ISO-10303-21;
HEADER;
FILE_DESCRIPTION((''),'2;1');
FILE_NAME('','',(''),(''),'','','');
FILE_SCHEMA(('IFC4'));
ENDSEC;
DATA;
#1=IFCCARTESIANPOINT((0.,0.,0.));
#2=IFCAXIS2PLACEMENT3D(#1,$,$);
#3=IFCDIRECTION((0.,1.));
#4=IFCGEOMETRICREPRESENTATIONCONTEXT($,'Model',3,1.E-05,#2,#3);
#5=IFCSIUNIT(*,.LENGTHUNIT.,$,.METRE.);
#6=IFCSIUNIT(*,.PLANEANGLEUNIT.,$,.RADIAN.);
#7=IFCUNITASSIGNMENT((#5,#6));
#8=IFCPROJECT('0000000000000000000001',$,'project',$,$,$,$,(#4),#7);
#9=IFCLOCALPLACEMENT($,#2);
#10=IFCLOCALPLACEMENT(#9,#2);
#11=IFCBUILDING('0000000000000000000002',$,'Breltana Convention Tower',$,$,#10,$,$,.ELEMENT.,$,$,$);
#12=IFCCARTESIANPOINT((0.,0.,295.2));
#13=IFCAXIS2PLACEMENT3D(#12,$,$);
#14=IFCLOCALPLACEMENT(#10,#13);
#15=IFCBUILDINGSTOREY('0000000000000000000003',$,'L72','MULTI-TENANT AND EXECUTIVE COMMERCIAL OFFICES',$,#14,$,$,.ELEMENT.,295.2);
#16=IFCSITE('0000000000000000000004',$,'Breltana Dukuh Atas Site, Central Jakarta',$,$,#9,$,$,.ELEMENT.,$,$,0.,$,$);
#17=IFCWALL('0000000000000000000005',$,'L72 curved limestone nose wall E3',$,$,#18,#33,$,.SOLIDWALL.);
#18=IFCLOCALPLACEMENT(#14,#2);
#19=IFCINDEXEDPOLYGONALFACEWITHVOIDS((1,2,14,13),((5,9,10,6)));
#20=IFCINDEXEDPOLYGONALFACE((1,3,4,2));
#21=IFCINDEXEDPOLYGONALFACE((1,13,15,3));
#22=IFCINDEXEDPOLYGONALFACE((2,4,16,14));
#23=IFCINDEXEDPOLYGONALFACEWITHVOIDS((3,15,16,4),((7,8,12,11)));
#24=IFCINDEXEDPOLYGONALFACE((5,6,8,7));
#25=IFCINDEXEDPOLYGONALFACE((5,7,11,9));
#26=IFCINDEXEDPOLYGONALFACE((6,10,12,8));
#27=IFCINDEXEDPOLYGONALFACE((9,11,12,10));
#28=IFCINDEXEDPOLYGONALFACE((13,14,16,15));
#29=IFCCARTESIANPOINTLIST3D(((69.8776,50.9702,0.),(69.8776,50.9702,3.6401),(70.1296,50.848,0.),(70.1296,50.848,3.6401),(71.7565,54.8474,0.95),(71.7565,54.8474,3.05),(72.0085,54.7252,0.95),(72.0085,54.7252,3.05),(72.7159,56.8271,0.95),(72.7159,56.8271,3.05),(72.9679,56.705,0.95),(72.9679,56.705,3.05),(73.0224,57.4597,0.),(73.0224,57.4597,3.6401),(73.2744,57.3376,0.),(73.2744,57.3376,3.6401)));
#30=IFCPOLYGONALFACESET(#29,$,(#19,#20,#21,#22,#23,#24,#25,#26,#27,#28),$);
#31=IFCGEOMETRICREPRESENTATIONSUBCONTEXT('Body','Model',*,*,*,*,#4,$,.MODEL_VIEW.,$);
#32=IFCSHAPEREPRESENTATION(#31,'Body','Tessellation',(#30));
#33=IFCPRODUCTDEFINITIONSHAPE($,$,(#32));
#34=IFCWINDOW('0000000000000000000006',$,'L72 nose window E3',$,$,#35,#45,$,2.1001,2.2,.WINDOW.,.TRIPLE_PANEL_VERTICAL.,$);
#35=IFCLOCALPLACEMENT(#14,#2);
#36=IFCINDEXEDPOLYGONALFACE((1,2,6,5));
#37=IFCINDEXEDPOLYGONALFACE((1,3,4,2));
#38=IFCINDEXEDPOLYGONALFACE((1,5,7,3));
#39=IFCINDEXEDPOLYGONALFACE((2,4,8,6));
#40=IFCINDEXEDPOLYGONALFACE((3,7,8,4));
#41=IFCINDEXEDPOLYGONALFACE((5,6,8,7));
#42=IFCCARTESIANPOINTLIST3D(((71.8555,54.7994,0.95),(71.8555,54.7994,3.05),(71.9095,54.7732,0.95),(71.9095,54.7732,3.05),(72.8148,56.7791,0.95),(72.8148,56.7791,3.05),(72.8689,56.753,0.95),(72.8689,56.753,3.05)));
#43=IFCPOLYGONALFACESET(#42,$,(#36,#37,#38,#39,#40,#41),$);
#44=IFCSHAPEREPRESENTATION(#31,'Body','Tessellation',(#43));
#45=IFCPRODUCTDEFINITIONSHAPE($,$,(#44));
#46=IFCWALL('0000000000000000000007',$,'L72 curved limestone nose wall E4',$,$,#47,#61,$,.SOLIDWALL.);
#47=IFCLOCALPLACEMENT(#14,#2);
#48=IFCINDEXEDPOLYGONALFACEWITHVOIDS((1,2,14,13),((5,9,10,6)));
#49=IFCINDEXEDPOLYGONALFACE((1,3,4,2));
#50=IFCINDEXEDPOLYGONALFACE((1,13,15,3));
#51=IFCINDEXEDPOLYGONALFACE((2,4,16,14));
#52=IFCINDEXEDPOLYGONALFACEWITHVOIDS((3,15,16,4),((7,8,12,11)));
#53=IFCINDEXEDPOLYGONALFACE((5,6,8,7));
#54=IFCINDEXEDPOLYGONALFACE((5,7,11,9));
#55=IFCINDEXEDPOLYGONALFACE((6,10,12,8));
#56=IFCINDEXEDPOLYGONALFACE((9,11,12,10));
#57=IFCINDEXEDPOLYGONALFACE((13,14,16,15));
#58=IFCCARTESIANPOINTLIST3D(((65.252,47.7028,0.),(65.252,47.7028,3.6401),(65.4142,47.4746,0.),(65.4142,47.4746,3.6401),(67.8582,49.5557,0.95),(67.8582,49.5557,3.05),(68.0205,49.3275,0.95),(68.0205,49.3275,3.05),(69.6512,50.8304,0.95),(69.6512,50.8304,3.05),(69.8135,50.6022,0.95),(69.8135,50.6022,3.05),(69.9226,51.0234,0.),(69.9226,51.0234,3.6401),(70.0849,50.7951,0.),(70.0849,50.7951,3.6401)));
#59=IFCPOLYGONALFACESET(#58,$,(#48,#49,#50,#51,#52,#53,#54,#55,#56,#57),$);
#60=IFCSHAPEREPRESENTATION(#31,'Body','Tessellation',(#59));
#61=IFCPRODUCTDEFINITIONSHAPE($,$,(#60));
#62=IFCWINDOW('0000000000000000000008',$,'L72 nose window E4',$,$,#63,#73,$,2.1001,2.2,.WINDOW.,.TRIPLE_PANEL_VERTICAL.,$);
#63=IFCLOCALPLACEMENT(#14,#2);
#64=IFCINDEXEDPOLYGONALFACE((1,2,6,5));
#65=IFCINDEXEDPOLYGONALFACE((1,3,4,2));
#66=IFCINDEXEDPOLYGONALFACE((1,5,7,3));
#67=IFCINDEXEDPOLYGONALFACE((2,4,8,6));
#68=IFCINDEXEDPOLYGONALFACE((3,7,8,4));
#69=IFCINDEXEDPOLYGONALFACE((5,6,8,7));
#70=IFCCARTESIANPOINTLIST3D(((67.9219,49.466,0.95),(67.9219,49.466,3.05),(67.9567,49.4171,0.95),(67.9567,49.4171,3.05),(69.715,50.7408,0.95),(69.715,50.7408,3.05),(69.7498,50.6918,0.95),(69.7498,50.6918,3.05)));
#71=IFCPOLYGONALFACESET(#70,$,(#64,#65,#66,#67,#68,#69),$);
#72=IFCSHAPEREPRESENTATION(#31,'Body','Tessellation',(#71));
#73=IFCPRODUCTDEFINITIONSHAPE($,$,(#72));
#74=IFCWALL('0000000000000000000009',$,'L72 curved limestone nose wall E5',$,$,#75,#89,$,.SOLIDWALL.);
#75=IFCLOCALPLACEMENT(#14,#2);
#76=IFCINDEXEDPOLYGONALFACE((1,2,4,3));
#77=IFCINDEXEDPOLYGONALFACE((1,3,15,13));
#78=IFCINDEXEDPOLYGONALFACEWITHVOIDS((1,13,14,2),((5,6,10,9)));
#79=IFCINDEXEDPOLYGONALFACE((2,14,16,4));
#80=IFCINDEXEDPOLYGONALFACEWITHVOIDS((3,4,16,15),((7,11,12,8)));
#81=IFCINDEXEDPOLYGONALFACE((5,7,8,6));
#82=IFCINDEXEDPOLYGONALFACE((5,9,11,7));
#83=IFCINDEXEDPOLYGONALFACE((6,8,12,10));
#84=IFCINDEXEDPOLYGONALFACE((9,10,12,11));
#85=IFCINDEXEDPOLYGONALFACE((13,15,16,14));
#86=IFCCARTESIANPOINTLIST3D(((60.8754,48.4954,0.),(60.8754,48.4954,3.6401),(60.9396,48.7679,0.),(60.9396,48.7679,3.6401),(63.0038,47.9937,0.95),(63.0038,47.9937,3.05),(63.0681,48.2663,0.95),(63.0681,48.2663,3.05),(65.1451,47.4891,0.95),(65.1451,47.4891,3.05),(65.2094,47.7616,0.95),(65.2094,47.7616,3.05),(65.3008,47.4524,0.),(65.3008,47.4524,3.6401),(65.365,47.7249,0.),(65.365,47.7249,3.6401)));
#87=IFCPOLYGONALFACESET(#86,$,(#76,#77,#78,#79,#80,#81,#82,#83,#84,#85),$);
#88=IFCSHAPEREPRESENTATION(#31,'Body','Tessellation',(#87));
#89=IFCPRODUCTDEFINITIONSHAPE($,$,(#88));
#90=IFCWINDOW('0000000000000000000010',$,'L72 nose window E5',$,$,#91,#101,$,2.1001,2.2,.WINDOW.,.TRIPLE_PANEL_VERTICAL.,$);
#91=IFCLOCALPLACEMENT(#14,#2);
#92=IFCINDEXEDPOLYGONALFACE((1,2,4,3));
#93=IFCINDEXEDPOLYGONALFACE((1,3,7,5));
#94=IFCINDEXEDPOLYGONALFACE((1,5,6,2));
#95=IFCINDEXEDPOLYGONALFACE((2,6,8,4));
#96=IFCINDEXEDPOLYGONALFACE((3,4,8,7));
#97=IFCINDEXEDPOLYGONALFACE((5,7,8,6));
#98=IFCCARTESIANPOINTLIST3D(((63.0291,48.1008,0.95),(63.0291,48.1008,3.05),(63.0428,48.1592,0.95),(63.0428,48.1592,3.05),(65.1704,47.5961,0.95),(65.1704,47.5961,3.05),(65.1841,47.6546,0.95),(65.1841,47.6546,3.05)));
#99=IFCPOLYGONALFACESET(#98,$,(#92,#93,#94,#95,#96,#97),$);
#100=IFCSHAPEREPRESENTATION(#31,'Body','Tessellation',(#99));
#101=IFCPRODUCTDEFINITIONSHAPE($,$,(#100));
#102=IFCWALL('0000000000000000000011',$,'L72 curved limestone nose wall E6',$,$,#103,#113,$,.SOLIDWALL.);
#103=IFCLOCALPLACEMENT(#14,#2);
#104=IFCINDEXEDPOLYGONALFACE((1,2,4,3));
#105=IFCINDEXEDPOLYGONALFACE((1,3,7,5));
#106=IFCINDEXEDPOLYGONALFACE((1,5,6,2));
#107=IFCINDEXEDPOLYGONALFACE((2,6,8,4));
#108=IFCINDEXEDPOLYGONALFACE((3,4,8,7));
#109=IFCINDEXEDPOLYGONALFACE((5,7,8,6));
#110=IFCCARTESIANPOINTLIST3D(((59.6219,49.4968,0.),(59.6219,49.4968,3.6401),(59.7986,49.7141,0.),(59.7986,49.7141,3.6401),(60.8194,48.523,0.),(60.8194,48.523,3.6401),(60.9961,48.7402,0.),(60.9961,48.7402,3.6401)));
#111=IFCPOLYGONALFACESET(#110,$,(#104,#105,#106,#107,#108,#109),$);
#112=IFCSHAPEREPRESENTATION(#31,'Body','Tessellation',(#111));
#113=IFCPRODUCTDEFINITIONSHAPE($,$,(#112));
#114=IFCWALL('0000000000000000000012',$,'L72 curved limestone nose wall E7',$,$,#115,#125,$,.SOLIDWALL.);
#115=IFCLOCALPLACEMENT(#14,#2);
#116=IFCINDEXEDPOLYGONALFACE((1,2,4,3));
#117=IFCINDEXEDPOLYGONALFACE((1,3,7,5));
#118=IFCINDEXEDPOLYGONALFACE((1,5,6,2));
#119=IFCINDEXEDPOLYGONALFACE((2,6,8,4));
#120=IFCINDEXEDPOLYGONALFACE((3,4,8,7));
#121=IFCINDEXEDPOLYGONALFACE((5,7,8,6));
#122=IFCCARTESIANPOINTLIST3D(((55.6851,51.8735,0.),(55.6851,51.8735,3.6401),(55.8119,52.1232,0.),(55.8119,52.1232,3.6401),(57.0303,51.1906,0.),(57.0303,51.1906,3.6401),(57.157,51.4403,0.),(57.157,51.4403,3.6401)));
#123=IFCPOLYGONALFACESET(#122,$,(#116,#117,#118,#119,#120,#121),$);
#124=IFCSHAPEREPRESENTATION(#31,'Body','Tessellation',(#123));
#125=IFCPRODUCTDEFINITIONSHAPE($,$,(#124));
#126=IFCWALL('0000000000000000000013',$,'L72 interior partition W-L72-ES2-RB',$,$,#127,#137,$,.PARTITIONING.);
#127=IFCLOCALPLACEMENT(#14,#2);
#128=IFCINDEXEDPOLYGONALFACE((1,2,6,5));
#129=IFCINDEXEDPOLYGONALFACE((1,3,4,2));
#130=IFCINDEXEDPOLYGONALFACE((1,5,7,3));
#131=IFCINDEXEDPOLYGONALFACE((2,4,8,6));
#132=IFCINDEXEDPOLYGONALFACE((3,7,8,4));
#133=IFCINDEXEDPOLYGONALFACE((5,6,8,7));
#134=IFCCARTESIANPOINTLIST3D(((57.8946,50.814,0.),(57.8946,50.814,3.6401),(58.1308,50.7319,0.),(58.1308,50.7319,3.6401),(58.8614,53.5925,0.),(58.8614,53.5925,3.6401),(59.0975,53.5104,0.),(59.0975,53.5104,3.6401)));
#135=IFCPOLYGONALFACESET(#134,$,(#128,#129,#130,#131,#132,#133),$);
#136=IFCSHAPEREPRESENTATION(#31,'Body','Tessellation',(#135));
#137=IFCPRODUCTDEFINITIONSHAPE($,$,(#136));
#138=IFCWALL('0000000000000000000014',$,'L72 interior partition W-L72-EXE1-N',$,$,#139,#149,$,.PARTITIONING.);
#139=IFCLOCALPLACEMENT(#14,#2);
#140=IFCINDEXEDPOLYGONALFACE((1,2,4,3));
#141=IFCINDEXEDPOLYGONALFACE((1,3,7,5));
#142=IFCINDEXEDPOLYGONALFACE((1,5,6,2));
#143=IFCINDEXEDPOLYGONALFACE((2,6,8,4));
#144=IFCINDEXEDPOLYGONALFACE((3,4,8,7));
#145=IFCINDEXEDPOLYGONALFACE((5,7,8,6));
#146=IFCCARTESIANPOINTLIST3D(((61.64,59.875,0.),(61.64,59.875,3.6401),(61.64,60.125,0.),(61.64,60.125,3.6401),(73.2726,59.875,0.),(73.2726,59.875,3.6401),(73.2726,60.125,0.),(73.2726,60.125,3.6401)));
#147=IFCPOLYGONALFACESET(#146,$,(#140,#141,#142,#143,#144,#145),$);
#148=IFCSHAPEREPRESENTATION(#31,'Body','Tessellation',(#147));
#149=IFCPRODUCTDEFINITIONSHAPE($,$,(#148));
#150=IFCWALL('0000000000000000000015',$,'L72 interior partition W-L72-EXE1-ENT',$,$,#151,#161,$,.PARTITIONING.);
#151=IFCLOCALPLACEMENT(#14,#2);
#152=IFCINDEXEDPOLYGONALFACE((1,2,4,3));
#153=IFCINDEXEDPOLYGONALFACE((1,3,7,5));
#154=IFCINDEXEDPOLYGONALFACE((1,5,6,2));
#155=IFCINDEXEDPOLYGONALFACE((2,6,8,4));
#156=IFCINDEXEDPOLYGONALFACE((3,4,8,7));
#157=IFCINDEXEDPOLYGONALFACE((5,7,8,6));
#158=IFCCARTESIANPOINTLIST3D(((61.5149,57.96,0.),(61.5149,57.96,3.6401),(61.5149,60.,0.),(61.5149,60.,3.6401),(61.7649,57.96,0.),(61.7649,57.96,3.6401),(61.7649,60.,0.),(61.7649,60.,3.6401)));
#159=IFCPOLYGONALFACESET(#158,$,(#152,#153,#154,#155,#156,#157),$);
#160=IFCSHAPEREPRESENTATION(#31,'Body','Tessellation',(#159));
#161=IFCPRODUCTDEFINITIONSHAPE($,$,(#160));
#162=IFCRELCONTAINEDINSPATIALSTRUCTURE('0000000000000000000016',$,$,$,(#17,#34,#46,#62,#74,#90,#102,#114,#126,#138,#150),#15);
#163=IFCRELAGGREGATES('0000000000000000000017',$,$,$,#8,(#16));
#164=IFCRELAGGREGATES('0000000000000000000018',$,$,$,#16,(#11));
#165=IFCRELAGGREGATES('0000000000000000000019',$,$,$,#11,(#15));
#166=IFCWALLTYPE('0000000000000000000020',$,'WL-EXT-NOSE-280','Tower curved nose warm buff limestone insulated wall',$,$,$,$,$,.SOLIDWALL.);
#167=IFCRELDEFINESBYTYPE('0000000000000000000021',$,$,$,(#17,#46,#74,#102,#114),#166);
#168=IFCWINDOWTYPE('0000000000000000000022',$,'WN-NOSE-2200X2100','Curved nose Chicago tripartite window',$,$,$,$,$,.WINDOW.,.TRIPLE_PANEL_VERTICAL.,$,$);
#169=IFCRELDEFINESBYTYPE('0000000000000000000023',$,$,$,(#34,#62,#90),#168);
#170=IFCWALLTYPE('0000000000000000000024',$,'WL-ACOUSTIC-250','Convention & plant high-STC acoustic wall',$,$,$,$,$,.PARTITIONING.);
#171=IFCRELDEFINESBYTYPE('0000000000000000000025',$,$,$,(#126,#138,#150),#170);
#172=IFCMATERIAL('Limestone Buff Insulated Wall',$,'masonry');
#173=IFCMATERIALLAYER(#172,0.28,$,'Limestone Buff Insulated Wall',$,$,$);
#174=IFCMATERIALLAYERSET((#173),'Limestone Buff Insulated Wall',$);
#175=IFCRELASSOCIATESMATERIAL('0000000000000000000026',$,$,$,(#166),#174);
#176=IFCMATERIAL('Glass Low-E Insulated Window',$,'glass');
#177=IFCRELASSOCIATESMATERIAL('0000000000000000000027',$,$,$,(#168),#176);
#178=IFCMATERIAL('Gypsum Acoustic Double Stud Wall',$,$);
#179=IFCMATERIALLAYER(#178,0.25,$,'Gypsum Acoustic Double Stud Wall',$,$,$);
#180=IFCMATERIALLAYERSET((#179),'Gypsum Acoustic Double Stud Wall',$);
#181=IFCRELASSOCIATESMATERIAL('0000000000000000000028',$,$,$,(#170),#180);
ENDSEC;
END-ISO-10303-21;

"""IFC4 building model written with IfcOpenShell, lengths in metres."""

from ifc_helpers import new_model, si_unit, direction, frame, frame_2d, origin, place, context, subcontext, project, spatial, rectangle, extrude, source, transform, mapped, material, layer, layer_set, type_object, type_shapes, element, fill, save


model = new_model("IFC4")

# Units and contexts
model_context = context("Model", 3, precision=1e-05, world=origin(), true_north=direction((0.0, 1.0)))
body_context = subcontext(model_context, "Body", "Model", "MODEL_VIEW")
ifc_project = project(units=[si_unit("LENGTHUNIT", "METRE"), si_unit("PLANEANGLEUNIT", "RADIAN")], contexts=[model_context])

# Site, building, storey
site_placement = place(None, origin())
site = spatial("IfcSite", under=ifc_project, at=site_placement, Name="Breltana Dukuh Atas Site, Central Jakarta", CompositionType="ELEMENT", RefElevation=0.0)
building_placement = place(site_placement, origin())
building = spatial("IfcBuilding", under=site, at=building_placement, Name="Breltana Convention Tower", CompositionType="ELEMENT")
storey_placement = place(building_placement, frame((0.0, 0.0, 295.2)))
storey = spatial("IfcBuildingStorey", under=building, at=storey_placement, Name="L72", Description="MULTI-TENANT AND EXECUTIVE COMMERCIAL OFFICES", CompositionType="ELEMENT", Elevation=295.2)

# Walls, openings, windows
ifc_material_1 = material(Name="Limestone Buff Insulated Wall", Category="masonry")
ifc_layer_1 = layer(ifc_material_1, 0.28, Name="Limestone Buff Insulated Wall")
ifc_layer_set_1 = layer_set([ifc_layer_1], Name="Limestone Buff Insulated Wall")
wall_type_1 = type_object("IfcWallType", Name="WL-EXT-NOSE-280", Description="Tower curved nose warm buff limestone insulated wall", PredefinedType="SOLIDWALL", material=ifc_layer_set_1)
ifc_material_2 = material(Name="Glass Low-E Insulated Window", Category="glass")
window_type = type_object("IfcWindowType", Name="WN-NOSE-2200X2100", Description="Curved nose Chicago tripartite window", PartitioningType="TRIPLE_PANEL_VERTICAL", PredefinedType="WINDOW", material=ifc_material_2)
shared_shape_1 = source(origin(), body_context, "Body", "SweptSolid", [
    extrude(rectangle(XDim=2.2, YDim=2.1001, at=frame_2d((1.1001, 1.05))), frame((0.0, 0.03, 0.0), z_axis=(0.0, -1.0, 0.0), x_axis=(1.0, 0.0, 0.0)), (0.0, 0.0, 1.0), 0.0601),
])
type_shapes(window_type, [shared_shape_1])
shared_shape_2 = source(origin(), body_context, "Body", "SweptSolid", [
    extrude(rectangle(XDim=7.2114, YDim=0.28, at=frame_2d((3.6057, 0.0))), origin(), (0.0, 0.0, 1.0), 3.6401),
])
wall_1_placement = place(storey_placement, frame((73.1484, 57.3987, 0.0), z_axis=(0.0, 0.0, 1.0), x_axis=(-0.436088, -0.899904, 0.0)))
wall_1 = element("IfcWall", 1, at=wall_1_placement, inside=storey, type_object=wall_type_1, Name="L72 curved limestone nose wall E3", PredefinedType="SOLIDWALL", context=body_context, shape_type="MappedRepresentation", body=[
    mapped(shared_shape_2, transform((0.0, 0.0, 0.0), scale=1.0)),
])
opening_1_placement = place(wall_1_placement, frame((0.7029, 0.0, 0.95)))
opening_1 = element("IfcOpeningElement", 2, at=opening_1_placement, cuts=wall_1, PredefinedType="OPENING", context=body_context, shape_type="SweptSolid", body=[
    extrude(rectangle(XDim=2.2, YDim=2.1001, at=frame_2d((1.1001, 1.05))), frame((0.0, 0.1499, 0.0), z_axis=(0.0, -1.0, 0.0), x_axis=(1.0, 0.0, 0.0)), (0.0, 0.0, 1.0), 0.3),
])
window_1_placement = place(opening_1_placement, origin())
window_1 = element("IfcWindow", 3, at=window_1_placement, inside=storey, type_object=window_type, Name="L72 nose window E3", OverallHeight=2.1001, OverallWidth=2.2, PartitioningType="TRIPLE_PANEL_VERTICAL", PredefinedType="WINDOW", context=body_context, shape_type="MappedRepresentation", body=[
    mapped(shared_shape_1, transform((0.0, 0.0, 0.0), scale=1.0)),
])
fill(opening_1, window_1)
shared_shape_3 = source(origin(), body_context, "Body", "SweptSolid", [
    extrude(rectangle(XDim=5.7307, YDim=0.28, at=frame_2d((2.8652, 0.0))), origin(), (0.0, 0.0, 1.0), 3.6401),
])
wall_2_placement = place(storey_placement, frame((70.0037, 50.9092, 0.0), z_axis=(0.0, 0.0, 1.0), x_axis=(-0.815021, -0.579431, 0.0)))
wall_2 = element("IfcWall", 4, at=wall_2_placement, inside=storey, type_object=wall_type_1, Name="L72 curved limestone nose wall E4", PredefinedType="SOLIDWALL", context=body_context, shape_type="MappedRepresentation", body=[
    mapped(shared_shape_3, transform((0.0, 0.0, 0.0), scale=1.0)),
])
opening_2_placement = place(wall_2_placement, frame((0.3328, 0.0, 0.95)))
opening_2 = element("IfcOpeningElement", 5, at=opening_2_placement, cuts=wall_2, PredefinedType="OPENING", context=body_context, shape_type="SweptSolid", body=[
    extrude(rectangle(XDim=2.2, YDim=2.1001, at=frame_2d((1.1001, 1.05))), frame((0.0, 0.1499, 0.0), z_axis=(0.0, -1.0, 0.0), x_axis=(1.0, 0.0, 0.0)), (0.0, 0.0, 1.0), 0.3),
])
window_2_placement = place(opening_2_placement, origin())
window_2 = element("IfcWindow", 6, at=window_2_placement, inside=storey, type_object=window_type, Name="L72 nose window E4", OverallHeight=2.1001, OverallWidth=2.2, PartitioningType="TRIPLE_PANEL_VERTICAL", PredefinedType="WINDOW", context=body_context, shape_type="MappedRepresentation", body=[
    mapped(shared_shape_1, transform((0.0, 0.0, 0.0), scale=1.0)),
])
fill(opening_2, window_2)
shared_shape_4 = source(origin(), body_context, "Body", "SweptSolid", [
    extrude(rectangle(XDim=4.5466, YDim=0.28, at=frame_2d((2.2734, 0.0))), origin(), (0.0, 0.0, 1.0), 3.6401),
])
wall_3_placement = place(storey_placement, frame((65.333, 47.5886, 0.0), z_axis=(0.0, 0.0, 1.0), x_axis=(-0.973333, 0.229398, 0.0)))
wall_3 = element("IfcWall", 7, at=wall_3_placement, inside=storey, type_object=wall_type_1, Name="L72 curved limestone nose wall E5", PredefinedType="SOLIDWALL", context=body_context, shape_type="MappedRepresentation", body=[
    mapped(shared_shape_4, transform((0.0, 0.0, 0.0), scale=1.0)),
])
opening_3_placement = place(wall_3_placement, frame((0.1599, 0.0, 0.95)))
opening_3 = element("IfcOpeningElement", 8, at=opening_3_placement, cuts=wall_3, PredefinedType="OPENING", context=body_context, shape_type="SweptSolid", body=[
    extrude(rectangle(XDim=2.2, YDim=2.1001, at=frame_2d((1.1001, 1.05))), frame((0.0, 0.1499, 0.0), z_axis=(0.0, -1.0, 0.0), x_axis=(1.0, 0.0, 0.0)), (0.0, 0.0, 1.0), 0.3),
])
window_3_placement = place(opening_3_placement, origin())
window_3 = element("IfcWindow", 9, at=window_3_placement, inside=storey, type_object=window_type, Name="L72 nose window E5", OverallHeight=2.1001, OverallWidth=2.2, PartitioningType="TRIPLE_PANEL_VERTICAL", PredefinedType="WINDOW", context=body_context, shape_type="MappedRepresentation", body=[
    mapped(shared_shape_1, transform((0.0, 0.0, 0.0), scale=1.0)),
])
fill(opening_3, window_3)

# Walls
shared_shape_5 = source(origin(), body_context, "Body", "SweptSolid", [
    extrude(rectangle(XDim=1.5435, YDim=0.28, at=frame_2d((0.7717, 0.0))), origin(), (0.0, 0.0, 1.0), 3.6401),
])
wall_4_placement = place(storey_placement, frame((60.9077, 48.6316, 0.0), z_axis=(0.0, 0.0, 1.0), x_axis=(-0.775828, 0.630944, 0.0)))
element("IfcWall", 10, at=wall_4_placement, inside=storey, type_object=wall_type_1, Name="L72 curved limestone nose wall E6", PredefinedType="SOLIDWALL", context=body_context, shape_type="MappedRepresentation", body=[
    mapped(shared_shape_5, transform((0.0, 0.0, 0.0), scale=1.0)),
])
shared_shape_6 = source(origin(), body_context, "Body", "SweptSolid", [
    extrude(rectangle(XDim=1.5085, YDim=0.28, at=frame_2d((0.7544, 0.0))), origin(), (0.0, 0.0, 1.0), 3.6401),
])
wall_5_placement = place(storey_placement, frame((57.0938, 51.3154, 0.0), z_axis=(0.0, 0.0, 1.0), x_axis=(-0.891692, 0.452643, 0.0)))
element("IfcWall", 11, at=wall_5_placement, inside=storey, type_object=wall_type_1, Name="L72 curved limestone nose wall E7", PredefinedType="SOLIDWALL", context=body_context, shape_type="MappedRepresentation", body=[
    mapped(shared_shape_6, transform((0.0, 0.0, 0.0), scale=1.0)),
])
ifc_material_3 = material(Name="Gypsum Acoustic Double Stud Wall")
ifc_layer_2 = layer(ifc_material_3, 0.25, Name="Gypsum Acoustic Double Stud Wall")
ifc_layer_set_2 = layer_set([ifc_layer_2], Name="Gypsum Acoustic Double Stud Wall")
wall_type_2 = type_object("IfcWallType", Name="WL-ACOUSTIC-250", Description="Convention & plant high-STC acoustic wall", PredefinedType="PARTITIONING", material=ifc_layer_set_2)
shared_shape_7 = source(origin(), body_context, "Body", "SweptSolid", [
    extrude(rectangle(XDim=2.9419, YDim=0.25, at=frame_2d((1.4709, 0.0))), origin(), (0.0, 0.0, 1.0), 3.6401),
])
wall_6_placement = place(storey_placement, frame((58.0127, 50.7729, 0.0), z_axis=(0.0, 0.0, 1.0), x_axis=(0.328624, 0.944461, 0.0)))
element("IfcWall", 12, at=wall_6_placement, inside=storey, type_object=wall_type_2, Name="L72 interior partition W-L72-ES2-RB", PredefinedType="PARTITIONING", context=body_context, shape_type="MappedRepresentation", body=[
    mapped(shared_shape_7, transform((0.0, 0.0, 0.0), scale=1.0)),
])
shared_shape_8 = source(origin(), body_context, "Body", "SweptSolid", [
    extrude(rectangle(XDim=11.6326, YDim=0.25, at=frame_2d((5.8164, 0.0))), origin(), (0.0, 0.0, 1.0), 3.6401),
])
wall_7_placement = place(storey_placement, frame((61.6399, 60.0, 0.0), z_axis=(0.0, 0.0, 1.0), x_axis=(1.0, 0.0, 0.0)))
element("IfcWall", 13, at=wall_7_placement, inside=storey, type_object=wall_type_2, Name="L72 interior partition W-L72-EXE1-N", PredefinedType="PARTITIONING", context=body_context, shape_type="MappedRepresentation", body=[
    mapped(shared_shape_8, transform((0.0, 0.0, 0.0), scale=1.0)),
])
shared_shape_9 = source(origin(), body_context, "Body", "SweptSolid", [
    extrude(rectangle(XDim=2.04, YDim=0.25, at=frame_2d((1.02, 0.0))), origin(), (0.0, 0.0, 1.0), 3.6401),
])
wall_8_placement = place(storey_placement, frame((61.6399, 57.96, 0.0), z_axis=(0.0, 0.0, 1.0), x_axis=(0.0, 1.0, 0.0)))
element("IfcWall", 14, at=wall_8_placement, inside=storey, type_object=wall_type_2, Name="L72 interior partition W-L72-EXE1-ENT", PredefinedType="PARTITIONING", context=body_context, shape_type="MappedRepresentation", body=[
    mapped(shared_shape_9, transform((0.0, 0.0, 0.0), scale=1.0)),
])

save(model, "model.ifc")
